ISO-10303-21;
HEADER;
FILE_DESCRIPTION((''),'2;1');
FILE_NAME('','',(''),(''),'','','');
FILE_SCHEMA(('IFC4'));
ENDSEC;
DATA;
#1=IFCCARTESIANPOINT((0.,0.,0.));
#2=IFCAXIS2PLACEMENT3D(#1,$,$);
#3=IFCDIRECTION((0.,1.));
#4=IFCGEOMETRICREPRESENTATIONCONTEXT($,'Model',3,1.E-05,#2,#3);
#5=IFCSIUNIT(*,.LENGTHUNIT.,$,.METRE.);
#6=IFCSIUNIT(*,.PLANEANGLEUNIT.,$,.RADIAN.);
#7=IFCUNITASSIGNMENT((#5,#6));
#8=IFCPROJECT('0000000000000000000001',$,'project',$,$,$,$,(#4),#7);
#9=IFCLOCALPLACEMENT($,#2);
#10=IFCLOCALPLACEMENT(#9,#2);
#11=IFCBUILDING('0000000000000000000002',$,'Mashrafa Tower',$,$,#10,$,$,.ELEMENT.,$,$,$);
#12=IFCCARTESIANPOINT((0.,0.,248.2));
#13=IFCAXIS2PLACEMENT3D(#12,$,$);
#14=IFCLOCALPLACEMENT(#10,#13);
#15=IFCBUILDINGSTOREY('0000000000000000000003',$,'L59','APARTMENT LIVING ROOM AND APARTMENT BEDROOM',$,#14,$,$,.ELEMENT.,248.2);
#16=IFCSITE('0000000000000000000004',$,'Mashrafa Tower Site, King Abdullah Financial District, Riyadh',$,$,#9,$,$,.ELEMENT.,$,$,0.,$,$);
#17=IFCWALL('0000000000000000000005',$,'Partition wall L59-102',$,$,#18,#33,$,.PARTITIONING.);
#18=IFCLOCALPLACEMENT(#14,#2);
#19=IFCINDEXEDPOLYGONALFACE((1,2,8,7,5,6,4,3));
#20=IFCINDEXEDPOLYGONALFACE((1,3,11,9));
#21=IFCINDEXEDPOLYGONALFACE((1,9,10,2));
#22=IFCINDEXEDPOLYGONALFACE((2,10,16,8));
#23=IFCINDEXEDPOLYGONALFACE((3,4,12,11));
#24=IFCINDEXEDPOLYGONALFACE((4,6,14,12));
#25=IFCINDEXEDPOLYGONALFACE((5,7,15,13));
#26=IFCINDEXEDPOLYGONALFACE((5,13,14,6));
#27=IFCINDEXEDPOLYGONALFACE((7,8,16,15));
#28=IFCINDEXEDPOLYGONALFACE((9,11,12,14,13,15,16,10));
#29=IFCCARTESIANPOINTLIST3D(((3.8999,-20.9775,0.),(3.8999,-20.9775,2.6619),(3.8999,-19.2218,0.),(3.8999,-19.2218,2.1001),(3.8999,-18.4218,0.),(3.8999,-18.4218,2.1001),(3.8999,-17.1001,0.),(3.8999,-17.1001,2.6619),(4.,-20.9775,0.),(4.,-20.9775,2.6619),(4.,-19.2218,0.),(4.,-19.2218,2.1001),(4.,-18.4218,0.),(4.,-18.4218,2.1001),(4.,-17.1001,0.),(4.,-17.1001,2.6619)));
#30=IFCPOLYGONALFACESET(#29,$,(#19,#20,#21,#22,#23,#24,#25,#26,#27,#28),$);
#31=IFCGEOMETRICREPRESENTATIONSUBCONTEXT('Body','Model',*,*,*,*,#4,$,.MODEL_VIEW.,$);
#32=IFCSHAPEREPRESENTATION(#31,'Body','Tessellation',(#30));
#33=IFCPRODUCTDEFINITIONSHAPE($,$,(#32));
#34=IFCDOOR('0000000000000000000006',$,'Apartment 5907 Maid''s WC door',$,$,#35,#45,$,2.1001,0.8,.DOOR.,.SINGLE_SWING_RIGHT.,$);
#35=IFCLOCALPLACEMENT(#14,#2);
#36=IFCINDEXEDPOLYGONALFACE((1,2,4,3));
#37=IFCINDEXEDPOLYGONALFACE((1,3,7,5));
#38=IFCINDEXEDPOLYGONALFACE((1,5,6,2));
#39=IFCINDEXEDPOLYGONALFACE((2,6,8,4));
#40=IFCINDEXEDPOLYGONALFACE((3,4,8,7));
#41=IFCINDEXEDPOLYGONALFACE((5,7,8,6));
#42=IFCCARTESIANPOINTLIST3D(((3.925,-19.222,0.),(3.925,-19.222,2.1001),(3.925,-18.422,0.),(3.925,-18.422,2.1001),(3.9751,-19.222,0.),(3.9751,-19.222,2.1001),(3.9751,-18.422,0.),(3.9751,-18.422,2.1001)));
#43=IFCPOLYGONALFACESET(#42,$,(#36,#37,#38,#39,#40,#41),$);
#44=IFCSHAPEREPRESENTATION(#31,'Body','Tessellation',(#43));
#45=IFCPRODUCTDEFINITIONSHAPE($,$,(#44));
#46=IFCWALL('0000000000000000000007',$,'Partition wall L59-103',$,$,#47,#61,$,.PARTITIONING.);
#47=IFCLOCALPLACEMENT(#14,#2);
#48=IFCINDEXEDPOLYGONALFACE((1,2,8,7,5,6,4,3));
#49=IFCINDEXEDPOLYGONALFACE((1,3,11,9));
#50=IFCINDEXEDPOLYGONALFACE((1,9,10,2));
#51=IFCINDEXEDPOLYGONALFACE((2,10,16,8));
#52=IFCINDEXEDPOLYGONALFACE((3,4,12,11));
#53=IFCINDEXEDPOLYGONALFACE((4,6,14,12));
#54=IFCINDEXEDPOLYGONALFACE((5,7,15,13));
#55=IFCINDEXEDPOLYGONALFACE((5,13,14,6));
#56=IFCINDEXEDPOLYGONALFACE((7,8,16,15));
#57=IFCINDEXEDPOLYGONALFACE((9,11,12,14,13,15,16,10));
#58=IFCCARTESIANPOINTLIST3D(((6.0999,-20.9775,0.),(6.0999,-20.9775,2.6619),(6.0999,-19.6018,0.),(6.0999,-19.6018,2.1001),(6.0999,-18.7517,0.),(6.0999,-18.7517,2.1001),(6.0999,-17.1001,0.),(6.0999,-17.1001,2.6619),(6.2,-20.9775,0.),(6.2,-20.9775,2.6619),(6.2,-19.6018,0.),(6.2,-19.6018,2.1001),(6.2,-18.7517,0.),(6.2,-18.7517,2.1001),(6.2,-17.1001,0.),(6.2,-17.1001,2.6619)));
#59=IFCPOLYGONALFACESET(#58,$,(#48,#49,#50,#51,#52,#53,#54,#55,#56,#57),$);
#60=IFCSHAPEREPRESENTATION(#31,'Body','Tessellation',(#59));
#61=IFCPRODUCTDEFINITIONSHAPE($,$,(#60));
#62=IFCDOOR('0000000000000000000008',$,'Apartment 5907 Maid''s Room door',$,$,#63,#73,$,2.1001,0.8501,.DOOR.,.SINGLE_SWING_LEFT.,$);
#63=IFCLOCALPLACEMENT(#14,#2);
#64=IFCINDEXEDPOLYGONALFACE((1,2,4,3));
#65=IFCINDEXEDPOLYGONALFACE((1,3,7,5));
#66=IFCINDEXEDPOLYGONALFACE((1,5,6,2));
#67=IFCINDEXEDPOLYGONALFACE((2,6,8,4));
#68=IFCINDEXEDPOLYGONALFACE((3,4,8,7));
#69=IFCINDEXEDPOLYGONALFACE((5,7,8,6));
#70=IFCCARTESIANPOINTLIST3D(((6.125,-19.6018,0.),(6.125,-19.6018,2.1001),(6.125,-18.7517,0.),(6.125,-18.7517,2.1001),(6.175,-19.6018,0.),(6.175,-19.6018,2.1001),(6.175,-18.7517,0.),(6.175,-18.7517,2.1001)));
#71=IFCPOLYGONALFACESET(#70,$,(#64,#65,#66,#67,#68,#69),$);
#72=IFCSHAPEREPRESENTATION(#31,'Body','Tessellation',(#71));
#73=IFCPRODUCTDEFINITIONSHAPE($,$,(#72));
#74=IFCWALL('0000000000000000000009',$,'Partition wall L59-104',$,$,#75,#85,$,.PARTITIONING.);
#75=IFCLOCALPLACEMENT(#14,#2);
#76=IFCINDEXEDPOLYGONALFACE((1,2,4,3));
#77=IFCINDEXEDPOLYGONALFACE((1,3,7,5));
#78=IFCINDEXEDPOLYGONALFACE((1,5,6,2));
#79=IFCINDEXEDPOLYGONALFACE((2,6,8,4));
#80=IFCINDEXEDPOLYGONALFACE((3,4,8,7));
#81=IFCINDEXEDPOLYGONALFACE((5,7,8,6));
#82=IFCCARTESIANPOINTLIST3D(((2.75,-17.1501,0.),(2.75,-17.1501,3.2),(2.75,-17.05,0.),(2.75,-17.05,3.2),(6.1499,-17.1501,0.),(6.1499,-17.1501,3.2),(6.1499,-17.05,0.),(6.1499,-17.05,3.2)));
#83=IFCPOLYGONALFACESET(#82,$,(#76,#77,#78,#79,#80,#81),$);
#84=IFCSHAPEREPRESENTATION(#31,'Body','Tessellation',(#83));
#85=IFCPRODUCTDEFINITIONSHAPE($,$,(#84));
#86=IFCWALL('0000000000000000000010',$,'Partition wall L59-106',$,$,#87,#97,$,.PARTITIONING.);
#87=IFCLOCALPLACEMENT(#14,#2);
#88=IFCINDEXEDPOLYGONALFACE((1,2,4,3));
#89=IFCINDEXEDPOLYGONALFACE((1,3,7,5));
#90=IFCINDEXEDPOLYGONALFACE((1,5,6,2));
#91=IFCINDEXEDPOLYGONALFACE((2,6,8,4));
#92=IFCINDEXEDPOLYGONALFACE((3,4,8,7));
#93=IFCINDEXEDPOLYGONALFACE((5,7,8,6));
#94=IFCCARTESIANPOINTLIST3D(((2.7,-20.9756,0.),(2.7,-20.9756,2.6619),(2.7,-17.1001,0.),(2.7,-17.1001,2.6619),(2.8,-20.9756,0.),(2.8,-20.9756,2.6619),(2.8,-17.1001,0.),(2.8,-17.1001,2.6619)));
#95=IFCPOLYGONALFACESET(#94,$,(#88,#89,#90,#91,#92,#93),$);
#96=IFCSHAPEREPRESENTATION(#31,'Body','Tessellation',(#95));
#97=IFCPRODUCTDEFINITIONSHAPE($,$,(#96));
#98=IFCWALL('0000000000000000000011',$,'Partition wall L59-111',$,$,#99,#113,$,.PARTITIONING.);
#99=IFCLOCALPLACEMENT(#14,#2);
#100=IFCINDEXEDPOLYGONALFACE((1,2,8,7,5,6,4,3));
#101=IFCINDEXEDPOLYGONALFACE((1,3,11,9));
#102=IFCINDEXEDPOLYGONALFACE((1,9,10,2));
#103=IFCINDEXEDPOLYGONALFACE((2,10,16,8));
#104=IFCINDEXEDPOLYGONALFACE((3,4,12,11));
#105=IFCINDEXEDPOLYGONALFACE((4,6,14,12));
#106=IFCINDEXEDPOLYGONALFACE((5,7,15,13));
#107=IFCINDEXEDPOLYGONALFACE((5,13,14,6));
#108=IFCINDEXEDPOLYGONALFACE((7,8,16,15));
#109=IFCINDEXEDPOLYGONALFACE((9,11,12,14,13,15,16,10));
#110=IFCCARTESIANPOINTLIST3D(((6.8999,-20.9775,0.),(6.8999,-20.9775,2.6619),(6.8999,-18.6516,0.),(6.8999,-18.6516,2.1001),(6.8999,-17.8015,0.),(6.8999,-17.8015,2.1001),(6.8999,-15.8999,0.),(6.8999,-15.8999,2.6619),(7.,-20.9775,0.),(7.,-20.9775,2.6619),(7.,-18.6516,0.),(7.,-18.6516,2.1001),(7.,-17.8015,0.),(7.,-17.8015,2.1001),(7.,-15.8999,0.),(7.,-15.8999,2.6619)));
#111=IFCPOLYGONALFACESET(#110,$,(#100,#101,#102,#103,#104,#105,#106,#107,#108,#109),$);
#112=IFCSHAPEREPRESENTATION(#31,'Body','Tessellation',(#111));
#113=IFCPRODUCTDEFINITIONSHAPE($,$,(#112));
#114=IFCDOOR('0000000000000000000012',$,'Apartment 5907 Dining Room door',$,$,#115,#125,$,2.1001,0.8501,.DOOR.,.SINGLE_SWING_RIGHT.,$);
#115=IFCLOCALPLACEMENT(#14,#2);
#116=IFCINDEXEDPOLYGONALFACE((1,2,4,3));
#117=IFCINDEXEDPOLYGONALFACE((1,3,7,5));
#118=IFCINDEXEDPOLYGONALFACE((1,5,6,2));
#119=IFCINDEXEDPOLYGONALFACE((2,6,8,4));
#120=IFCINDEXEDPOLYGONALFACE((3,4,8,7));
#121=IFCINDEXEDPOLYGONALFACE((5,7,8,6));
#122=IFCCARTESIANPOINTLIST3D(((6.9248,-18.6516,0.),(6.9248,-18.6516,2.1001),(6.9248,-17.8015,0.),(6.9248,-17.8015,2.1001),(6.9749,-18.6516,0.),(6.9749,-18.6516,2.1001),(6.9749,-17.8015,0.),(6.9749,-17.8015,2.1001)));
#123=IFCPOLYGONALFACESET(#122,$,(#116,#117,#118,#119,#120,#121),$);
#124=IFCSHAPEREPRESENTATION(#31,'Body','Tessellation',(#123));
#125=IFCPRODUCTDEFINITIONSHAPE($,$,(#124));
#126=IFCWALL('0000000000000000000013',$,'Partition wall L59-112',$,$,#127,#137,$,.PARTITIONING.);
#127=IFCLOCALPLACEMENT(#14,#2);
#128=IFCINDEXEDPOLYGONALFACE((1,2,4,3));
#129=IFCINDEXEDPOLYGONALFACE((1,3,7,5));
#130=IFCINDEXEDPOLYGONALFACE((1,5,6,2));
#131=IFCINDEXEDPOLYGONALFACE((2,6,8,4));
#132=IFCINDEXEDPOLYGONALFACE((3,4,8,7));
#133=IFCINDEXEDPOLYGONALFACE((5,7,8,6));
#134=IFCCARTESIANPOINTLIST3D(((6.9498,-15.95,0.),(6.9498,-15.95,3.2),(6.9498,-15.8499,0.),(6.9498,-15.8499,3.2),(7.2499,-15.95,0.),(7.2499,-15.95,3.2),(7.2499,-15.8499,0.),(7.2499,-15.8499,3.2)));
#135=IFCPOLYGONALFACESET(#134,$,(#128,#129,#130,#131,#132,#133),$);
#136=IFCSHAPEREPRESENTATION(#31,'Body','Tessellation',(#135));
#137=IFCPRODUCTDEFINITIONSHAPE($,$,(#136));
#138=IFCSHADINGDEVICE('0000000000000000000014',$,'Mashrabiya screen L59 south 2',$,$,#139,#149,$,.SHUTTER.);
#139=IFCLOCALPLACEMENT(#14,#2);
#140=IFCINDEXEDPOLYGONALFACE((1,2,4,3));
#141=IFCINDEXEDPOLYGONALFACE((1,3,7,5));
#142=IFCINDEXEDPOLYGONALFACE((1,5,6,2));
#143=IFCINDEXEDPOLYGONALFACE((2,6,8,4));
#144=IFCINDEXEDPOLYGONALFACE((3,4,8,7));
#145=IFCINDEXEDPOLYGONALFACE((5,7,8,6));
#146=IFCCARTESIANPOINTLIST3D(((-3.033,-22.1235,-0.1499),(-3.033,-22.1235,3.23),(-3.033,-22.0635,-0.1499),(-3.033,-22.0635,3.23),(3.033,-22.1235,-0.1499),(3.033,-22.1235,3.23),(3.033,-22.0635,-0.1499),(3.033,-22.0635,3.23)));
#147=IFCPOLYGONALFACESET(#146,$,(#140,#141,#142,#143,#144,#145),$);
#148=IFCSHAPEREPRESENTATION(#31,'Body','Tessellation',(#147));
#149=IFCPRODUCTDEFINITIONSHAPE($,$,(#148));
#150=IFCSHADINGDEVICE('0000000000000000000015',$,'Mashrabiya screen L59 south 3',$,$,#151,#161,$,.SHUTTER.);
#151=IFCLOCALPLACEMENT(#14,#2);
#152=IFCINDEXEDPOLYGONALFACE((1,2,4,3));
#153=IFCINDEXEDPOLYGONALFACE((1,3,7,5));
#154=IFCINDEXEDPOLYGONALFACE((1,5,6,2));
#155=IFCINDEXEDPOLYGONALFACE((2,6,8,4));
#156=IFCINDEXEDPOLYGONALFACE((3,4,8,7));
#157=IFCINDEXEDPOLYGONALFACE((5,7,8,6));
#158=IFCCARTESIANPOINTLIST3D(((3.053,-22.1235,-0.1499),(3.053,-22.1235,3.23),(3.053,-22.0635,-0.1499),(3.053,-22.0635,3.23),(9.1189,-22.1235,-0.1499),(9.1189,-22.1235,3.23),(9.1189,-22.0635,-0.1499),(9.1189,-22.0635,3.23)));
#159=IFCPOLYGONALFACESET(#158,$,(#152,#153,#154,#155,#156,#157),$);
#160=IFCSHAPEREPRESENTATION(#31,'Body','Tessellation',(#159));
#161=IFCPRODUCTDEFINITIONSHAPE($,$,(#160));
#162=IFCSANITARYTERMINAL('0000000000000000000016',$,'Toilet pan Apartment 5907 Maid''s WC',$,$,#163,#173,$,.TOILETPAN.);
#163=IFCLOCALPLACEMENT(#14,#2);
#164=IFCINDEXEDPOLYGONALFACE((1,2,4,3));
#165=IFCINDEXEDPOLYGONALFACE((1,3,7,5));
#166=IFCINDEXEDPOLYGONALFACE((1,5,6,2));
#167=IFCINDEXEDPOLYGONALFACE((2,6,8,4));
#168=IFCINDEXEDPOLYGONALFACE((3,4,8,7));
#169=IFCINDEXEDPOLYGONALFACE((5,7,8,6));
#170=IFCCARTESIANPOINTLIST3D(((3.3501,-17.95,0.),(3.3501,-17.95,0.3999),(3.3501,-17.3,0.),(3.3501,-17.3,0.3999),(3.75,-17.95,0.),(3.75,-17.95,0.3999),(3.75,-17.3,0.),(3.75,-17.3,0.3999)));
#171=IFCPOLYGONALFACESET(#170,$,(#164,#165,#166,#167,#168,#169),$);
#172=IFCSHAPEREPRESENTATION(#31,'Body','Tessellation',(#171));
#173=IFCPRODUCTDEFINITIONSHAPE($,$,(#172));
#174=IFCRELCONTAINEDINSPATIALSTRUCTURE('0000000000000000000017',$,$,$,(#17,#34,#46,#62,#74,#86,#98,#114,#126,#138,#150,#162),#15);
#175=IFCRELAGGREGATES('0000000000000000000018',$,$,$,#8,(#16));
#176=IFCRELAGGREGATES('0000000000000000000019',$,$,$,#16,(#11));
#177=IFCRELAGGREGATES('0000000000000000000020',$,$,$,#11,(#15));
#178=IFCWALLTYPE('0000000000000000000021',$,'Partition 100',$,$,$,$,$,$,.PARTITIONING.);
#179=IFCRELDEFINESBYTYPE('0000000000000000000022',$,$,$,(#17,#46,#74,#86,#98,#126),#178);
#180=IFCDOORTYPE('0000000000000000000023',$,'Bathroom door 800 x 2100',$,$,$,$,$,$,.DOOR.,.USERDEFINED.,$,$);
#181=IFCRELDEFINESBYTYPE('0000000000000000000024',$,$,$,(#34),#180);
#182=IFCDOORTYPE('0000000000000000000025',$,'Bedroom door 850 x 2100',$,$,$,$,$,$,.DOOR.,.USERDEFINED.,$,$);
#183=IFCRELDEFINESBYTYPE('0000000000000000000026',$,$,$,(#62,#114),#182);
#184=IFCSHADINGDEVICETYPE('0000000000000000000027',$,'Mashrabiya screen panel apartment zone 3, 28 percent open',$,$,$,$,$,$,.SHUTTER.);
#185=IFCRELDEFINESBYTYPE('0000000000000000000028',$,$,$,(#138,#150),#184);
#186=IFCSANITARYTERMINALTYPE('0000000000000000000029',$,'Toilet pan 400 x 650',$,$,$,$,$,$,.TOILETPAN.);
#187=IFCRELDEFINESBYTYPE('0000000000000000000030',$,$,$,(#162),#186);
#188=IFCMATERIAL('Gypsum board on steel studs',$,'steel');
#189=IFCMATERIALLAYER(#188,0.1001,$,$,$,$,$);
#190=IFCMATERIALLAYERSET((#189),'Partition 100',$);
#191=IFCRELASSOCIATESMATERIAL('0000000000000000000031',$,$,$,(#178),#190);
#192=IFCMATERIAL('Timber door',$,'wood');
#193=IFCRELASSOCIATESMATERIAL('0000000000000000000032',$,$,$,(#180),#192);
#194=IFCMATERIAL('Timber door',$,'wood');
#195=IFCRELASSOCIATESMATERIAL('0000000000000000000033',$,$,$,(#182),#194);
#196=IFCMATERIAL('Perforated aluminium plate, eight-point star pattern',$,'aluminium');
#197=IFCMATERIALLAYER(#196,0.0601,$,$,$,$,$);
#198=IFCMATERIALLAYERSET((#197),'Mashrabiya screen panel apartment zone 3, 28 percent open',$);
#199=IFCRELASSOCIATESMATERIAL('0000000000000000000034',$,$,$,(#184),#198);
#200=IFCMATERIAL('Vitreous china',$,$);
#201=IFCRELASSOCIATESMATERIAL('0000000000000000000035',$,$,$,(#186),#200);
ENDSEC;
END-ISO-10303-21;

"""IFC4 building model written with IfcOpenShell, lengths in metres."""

from ifc_helpers import new_model, si_unit, direction, frame, frame_2d, origin, origin_2d, place, context, subcontext, project, spatial, rectangle, extrude, source, transform, mapped, material, layer, layer_set, type_object, type_shapes, element, fill, save


model = new_model("IFC4")

# Units and contexts
model_context = context("Model", 3, precision=1e-05, world=origin(), true_north=direction((0.0, 1.0)))
body_context = subcontext(model_context, "Body", "Model", "MODEL_VIEW")
ifc_project = project(units=[si_unit("LENGTHUNIT", "METRE"), si_unit("PLANEANGLEUNIT", "RADIAN")], contexts=[model_context])

# Site, building, storey
site_placement = place(None, origin())
site = spatial("IfcSite", under=ifc_project, at=site_placement, Name="Mashrafa Tower Site, King Abdullah Financial District, Riyadh", CompositionType="ELEMENT", RefElevation=0.0)
building_placement = place(site_placement, origin())
building = spatial("IfcBuilding", under=site, at=building_placement, Name="Mashrafa Tower", CompositionType="ELEMENT")
storey_placement = place(building_placement, frame((0.0, 0.0, 248.2)))
storey = spatial("IfcBuildingStorey", under=building, at=storey_placement, Name="L59", Description="APARTMENT LIVING ROOM AND APARTMENT BEDROOM", CompositionType="ELEMENT", Elevation=248.2)

# Shared definitions
ifc_material_1 = material(Name="Gypsum board on steel studs", Category="steel")
ifc_layer_1 = layer(ifc_material_1, 0.1001)
ifc_layer_set_1 = layer_set([ifc_layer_1], Name="Partition 100")
wall_type = type_object("IfcWallType", Name="Partition 100", PredefinedType="PARTITIONING", material=ifc_layer_set_1)

# Walls, openings, doors
wall_1_placement = place(storey_placement, frame((3.95, -17.1001, 0.0), z_axis=(0.0, 0.0, 1.0), x_axis=(0.0, -1.0, 0.0)))
wall_1 = element("IfcWall", 1, at=wall_1_placement, inside=storey, type_object=wall_type, Name="Partition wall L59-102", PredefinedType="PARTITIONING", context=body_context, shape_type="SweptSolid", body=[
    extrude(rectangle(XDim=3.8774, YDim=0.1001, at=frame_2d((1.9387, 0.0))), origin(), (0.0, 0.0, 1.0), 2.6619),
])
opening_1_placement = place(wall_1_placement, frame((1.3218, 0.0, 0.0)))
opening_1 = element("IfcOpeningElement", 2, at=opening_1_placement, cuts=wall_1, PredefinedType="OPENING", context=body_context, shape_type="SweptSolid", body=[
    extrude(rectangle(XDim=0.8, YDim=2.1001, at=frame_2d((0.3999, 1.05))), frame((0.0, 0.0601, 0.0), z_axis=(0.0, -1.0, 0.0), x_axis=(1.0, 0.0, 0.0)), (0.0, 0.0, 1.0), 0.1201),
])
ifc_material_2 = material(Name="Timber door", Category="wood")
door_type_1 = type_object("IfcDoorType", Name="Bathroom door 800 x 2100", OperationType="USERDEFINED", PredefinedType="DOOR", material=ifc_material_2)
door_1_placement = place(opening_1_placement, frame((0.8, 0.0, 0.0), z_axis=(0.0, 0.0, 1.0), x_axis=(-1.0, 0.0, 0.0)))
door_1 = element("IfcDoor", 3, at=door_1_placement, inside=storey, type_object=door_type_1, Name="Apartment 5907 Maid's WC door", OperationType="SINGLE_SWING_RIGHT", OverallHeight=2.1001, OverallWidth=0.8, PredefinedType="DOOR", context=body_context, shape_type="SweptSolid", body=[
    extrude(rectangle(XDim=0.8, YDim=2.1001, at=frame_2d((0.3999, 1.05))), frame((0.0, 0.0249, 0.0), z_axis=(0.0, -1.0, 0.0), x_axis=(1.0, 0.0, 0.0)), (0.0, 0.0, 1.0), 0.05),
])
fill(opening_1, door_1)
wall_2_placement = place(storey_placement, frame((6.1499, -20.9775, 0.0), z_axis=(0.0, 0.0, 1.0), x_axis=(0.0, 1.0, 0.0)))
wall_2 = element("IfcWall", 4, at=wall_2_placement, inside=storey, type_object=wall_type, Name="Partition wall L59-103", PredefinedType="PARTITIONING", context=body_context, shape_type="SweptSolid", body=[
    extrude(rectangle(XDim=3.8774, YDim=0.1001, at=frame_2d((1.9387, 0.0))), origin(), (0.0, 0.0, 1.0), 2.6619),
])
opening_2_placement = place(wall_2_placement, frame((1.3757, 0.0, 0.0)))
opening_2 = element("IfcOpeningElement", 5, at=opening_2_placement, cuts=wall_2, PredefinedType="OPENING", context=body_context, shape_type="SweptSolid", body=[
    extrude(rectangle(XDim=0.8501, YDim=2.1001, at=frame_2d((0.425, 1.05))), frame((0.0, 0.0601, 0.0), z_axis=(0.0, -1.0, 0.0), x_axis=(1.0, 0.0, 0.0)), (0.0, 0.0, 1.0), 0.1201),
])
ifc_material_3 = material(Name="Timber door", Category="wood")
door_type_2 = type_object("IfcDoorType", Name="Bedroom door 850 x 2100", OperationType="USERDEFINED", PredefinedType="DOOR", material=ifc_material_3)
door_2_placement = place(opening_2_placement, origin())
door_2 = element("IfcDoor", 6, at=door_2_placement, inside=storey, type_object=door_type_2, Name="Apartment 5907 Maid's Room door", OperationType="SINGLE_SWING_LEFT", OverallHeight=2.1001, OverallWidth=0.8501, PredefinedType="DOOR", context=body_context, shape_type="SweptSolid", body=[
    extrude(rectangle(XDim=0.8501, YDim=2.1001, at=frame_2d((0.425, 1.05))), frame((0.0, 0.0249, 0.0), z_axis=(0.0, -1.0, 0.0), x_axis=(1.0, 0.0, 0.0)), (0.0, 0.0, 1.0), 0.05),
])
fill(opening_2, door_2)

# Walls
wall_3_placement = place(storey_placement, frame((6.1499, -17.1001, 0.0), z_axis=(0.0, 0.0, 1.0), x_axis=(-1.0, 0.0, 0.0)))
element("IfcWall", 7, at=wall_3_placement, inside=storey, type_object=wall_type, Name="Partition wall L59-104", PredefinedType="PARTITIONING", context=body_context, shape_type="SweptSolid", body=[
    extrude(rectangle(XDim=3.3999, YDim=0.1001, at=frame_2d((1.7, 0.0))), origin(), (0.0, 0.0, 1.0), 3.2),
])
wall_4_placement = place(storey_placement, frame((2.75, -17.1001, 0.0), z_axis=(0.0, 0.0, 1.0), x_axis=(0.0, -1.0, 0.0)))
element("IfcWall", 8, at=wall_4_placement, inside=storey, type_object=wall_type, Name="Partition wall L59-106", PredefinedType="PARTITIONING", context=body_context, shape_type="SweptSolid", body=[
    extrude(rectangle(XDim=3.8755, YDim=0.1001, at=frame_2d((1.9377, 0.0))), origin(), (0.0, 0.0, 1.0), 2.6619),
])

# Wall, opening, door
wall_5_placement = place(storey_placement, frame((6.95, -20.9775, 0.0), z_axis=(0.0, 0.0, 1.0), x_axis=(0.0, 1.0, 0.0)))
wall_5 = element("IfcWall", 9, at=wall_5_placement, inside=storey, type_object=wall_type, Name="Partition wall L59-111", PredefinedType="PARTITIONING", context=body_context, shape_type="SweptSolid", body=[
    extrude(rectangle(XDim=5.0776, YDim=0.1001, at=frame_2d((2.5388, 0.0))), origin(), (0.0, 0.0, 1.0), 2.6619),
])
opening_3_placement = place(wall_5_placement, frame((2.3259, 0.0, 0.0)))
opening_3 = element("IfcOpeningElement", 10, at=opening_3_placement, cuts=wall_5, PredefinedType="OPENING", context=body_context, shape_type="SweptSolid", body=[
    extrude(rectangle(XDim=0.8501, YDim=2.1001, at=frame_2d((0.425, 1.05))), frame((0.0, 0.0601, 0.0), z_axis=(0.0, -1.0, 0.0), x_axis=(1.0, 0.0, 0.0)), (0.0, 0.0, 1.0), 0.1201),
])
door_3_placement = place(opening_3_placement, frame((0.8501, 0.0, 0.0), z_axis=(0.0, 0.0, 1.0), x_axis=(-1.0, 0.0, 0.0)))
door_3 = element("IfcDoor", 11, at=door_3_placement, inside=storey, type_object=door_type_2, Name="Apartment 5907 Dining Room door", OperationType="SINGLE_SWING_RIGHT", OverallHeight=2.1001, OverallWidth=0.8501, PredefinedType="DOOR", context=body_context, shape_type="SweptSolid", body=[
    extrude(rectangle(XDim=0.8501, YDim=2.1001, at=frame_2d((0.425, 1.05))), frame((0.0, 0.0249, 0.0), z_axis=(0.0, -1.0, 0.0), x_axis=(1.0, 0.0, 0.0)), (0.0, 0.0, 1.0), 0.05),
])
fill(opening_3, door_3)

# Wall
wall_6_placement = place(storey_placement, frame((6.95, -15.8999, 0.0), z_axis=(0.0, 0.0, 1.0), x_axis=(1.0, 0.0, 0.0)))
element("IfcWall", 12, at=wall_6_placement, inside=storey, type_object=wall_type, Name="Partition wall L59-112", PredefinedType="PARTITIONING", context=body_context, shape_type="SweptSolid", body=[
    extrude(rectangle(XDim=0.3, YDim=0.1001, at=frame_2d((0.1499, 0.0))), origin(), (0.0, 0.0, 1.0), 3.2),
])

# Shading devices
ifc_material_4 = material(Name="Perforated aluminium plate, eight-point star pattern", Category="aluminium")
ifc_layer_2 = layer(ifc_material_4, 0.0601)
ifc_layer_set_2 = layer_set([ifc_layer_2], Name="Mashrabiya screen panel apartment zone 3, 28 percent open")
shading_device_type = type_object("IfcShadingDeviceType", Name="Mashrabiya screen panel apartment zone 3, 28 percent open", PredefinedType="SHUTTER", material=ifc_layer_set_2)
shared_shape_1 = source(origin(), body_context, "Body", "SweptSolid", [
    extrude(rectangle(XDim=6.0659, YDim=0.0601, at=origin_2d()), origin(), (0.0, 0.0, 1.0), 3.3799),
])
type_shapes(shading_device_type, [shared_shape_1])
for number, where, z_axis, x_axis, name in (
    (13, (0.0, -22.0935, -0.1499), (0.0, 0.0, 1.0), (1.0, 0.0, 0.0), "Mashrabiya screen L59 south 2"),
    (14, (6.0859, -22.0935, -0.1499), (0.0, 0.0, 1.0), (1.0, 0.0, 0.0), "Mashrabiya screen L59 south 3"),
):
    element("IfcShadingDevice", number, at=place(storey_placement, frame(where, z_axis=z_axis, x_axis=x_axis)), inside=storey, type_object=shading_device_type, Name=name, PredefinedType="SHUTTER", context=body_context, shape_type="MappedRepresentation", body=[
        mapped(shared_shape_1, transform((0.0, 0.0, 0.0))),
    ])

# Sanitary terminal
ifc_material_5 = material(Name="Vitreous china")
sanitary_terminal_type_1 = type_object("IfcSanitaryTerminalType", Name="Toilet pan 400 x 650", PredefinedType="TOILETPAN", material=ifc_material_5)
sanitary_terminal_1_placement = place(storey_placement, frame((3.55, -17.625, 0.0), z_axis=(0.0, 0.0, 1.0), x_axis=(-1.0, 0.0, 0.0)))
element("IfcSanitaryTerminal", 15, at=sanitary_terminal_1_placement, inside=storey, type_object=sanitary_terminal_type_1, Name="Toilet pan Apartment 5907 Maid's WC", PredefinedType="TOILETPAN", context=body_context, shape_type="SweptSolid", body=[
    extrude(rectangle(XDim=0.3999, YDim=0.6499, at=origin_2d()), origin(), (0.0, 0.0, 1.0), 0.3999),
])

save(model, "model.ifc")
